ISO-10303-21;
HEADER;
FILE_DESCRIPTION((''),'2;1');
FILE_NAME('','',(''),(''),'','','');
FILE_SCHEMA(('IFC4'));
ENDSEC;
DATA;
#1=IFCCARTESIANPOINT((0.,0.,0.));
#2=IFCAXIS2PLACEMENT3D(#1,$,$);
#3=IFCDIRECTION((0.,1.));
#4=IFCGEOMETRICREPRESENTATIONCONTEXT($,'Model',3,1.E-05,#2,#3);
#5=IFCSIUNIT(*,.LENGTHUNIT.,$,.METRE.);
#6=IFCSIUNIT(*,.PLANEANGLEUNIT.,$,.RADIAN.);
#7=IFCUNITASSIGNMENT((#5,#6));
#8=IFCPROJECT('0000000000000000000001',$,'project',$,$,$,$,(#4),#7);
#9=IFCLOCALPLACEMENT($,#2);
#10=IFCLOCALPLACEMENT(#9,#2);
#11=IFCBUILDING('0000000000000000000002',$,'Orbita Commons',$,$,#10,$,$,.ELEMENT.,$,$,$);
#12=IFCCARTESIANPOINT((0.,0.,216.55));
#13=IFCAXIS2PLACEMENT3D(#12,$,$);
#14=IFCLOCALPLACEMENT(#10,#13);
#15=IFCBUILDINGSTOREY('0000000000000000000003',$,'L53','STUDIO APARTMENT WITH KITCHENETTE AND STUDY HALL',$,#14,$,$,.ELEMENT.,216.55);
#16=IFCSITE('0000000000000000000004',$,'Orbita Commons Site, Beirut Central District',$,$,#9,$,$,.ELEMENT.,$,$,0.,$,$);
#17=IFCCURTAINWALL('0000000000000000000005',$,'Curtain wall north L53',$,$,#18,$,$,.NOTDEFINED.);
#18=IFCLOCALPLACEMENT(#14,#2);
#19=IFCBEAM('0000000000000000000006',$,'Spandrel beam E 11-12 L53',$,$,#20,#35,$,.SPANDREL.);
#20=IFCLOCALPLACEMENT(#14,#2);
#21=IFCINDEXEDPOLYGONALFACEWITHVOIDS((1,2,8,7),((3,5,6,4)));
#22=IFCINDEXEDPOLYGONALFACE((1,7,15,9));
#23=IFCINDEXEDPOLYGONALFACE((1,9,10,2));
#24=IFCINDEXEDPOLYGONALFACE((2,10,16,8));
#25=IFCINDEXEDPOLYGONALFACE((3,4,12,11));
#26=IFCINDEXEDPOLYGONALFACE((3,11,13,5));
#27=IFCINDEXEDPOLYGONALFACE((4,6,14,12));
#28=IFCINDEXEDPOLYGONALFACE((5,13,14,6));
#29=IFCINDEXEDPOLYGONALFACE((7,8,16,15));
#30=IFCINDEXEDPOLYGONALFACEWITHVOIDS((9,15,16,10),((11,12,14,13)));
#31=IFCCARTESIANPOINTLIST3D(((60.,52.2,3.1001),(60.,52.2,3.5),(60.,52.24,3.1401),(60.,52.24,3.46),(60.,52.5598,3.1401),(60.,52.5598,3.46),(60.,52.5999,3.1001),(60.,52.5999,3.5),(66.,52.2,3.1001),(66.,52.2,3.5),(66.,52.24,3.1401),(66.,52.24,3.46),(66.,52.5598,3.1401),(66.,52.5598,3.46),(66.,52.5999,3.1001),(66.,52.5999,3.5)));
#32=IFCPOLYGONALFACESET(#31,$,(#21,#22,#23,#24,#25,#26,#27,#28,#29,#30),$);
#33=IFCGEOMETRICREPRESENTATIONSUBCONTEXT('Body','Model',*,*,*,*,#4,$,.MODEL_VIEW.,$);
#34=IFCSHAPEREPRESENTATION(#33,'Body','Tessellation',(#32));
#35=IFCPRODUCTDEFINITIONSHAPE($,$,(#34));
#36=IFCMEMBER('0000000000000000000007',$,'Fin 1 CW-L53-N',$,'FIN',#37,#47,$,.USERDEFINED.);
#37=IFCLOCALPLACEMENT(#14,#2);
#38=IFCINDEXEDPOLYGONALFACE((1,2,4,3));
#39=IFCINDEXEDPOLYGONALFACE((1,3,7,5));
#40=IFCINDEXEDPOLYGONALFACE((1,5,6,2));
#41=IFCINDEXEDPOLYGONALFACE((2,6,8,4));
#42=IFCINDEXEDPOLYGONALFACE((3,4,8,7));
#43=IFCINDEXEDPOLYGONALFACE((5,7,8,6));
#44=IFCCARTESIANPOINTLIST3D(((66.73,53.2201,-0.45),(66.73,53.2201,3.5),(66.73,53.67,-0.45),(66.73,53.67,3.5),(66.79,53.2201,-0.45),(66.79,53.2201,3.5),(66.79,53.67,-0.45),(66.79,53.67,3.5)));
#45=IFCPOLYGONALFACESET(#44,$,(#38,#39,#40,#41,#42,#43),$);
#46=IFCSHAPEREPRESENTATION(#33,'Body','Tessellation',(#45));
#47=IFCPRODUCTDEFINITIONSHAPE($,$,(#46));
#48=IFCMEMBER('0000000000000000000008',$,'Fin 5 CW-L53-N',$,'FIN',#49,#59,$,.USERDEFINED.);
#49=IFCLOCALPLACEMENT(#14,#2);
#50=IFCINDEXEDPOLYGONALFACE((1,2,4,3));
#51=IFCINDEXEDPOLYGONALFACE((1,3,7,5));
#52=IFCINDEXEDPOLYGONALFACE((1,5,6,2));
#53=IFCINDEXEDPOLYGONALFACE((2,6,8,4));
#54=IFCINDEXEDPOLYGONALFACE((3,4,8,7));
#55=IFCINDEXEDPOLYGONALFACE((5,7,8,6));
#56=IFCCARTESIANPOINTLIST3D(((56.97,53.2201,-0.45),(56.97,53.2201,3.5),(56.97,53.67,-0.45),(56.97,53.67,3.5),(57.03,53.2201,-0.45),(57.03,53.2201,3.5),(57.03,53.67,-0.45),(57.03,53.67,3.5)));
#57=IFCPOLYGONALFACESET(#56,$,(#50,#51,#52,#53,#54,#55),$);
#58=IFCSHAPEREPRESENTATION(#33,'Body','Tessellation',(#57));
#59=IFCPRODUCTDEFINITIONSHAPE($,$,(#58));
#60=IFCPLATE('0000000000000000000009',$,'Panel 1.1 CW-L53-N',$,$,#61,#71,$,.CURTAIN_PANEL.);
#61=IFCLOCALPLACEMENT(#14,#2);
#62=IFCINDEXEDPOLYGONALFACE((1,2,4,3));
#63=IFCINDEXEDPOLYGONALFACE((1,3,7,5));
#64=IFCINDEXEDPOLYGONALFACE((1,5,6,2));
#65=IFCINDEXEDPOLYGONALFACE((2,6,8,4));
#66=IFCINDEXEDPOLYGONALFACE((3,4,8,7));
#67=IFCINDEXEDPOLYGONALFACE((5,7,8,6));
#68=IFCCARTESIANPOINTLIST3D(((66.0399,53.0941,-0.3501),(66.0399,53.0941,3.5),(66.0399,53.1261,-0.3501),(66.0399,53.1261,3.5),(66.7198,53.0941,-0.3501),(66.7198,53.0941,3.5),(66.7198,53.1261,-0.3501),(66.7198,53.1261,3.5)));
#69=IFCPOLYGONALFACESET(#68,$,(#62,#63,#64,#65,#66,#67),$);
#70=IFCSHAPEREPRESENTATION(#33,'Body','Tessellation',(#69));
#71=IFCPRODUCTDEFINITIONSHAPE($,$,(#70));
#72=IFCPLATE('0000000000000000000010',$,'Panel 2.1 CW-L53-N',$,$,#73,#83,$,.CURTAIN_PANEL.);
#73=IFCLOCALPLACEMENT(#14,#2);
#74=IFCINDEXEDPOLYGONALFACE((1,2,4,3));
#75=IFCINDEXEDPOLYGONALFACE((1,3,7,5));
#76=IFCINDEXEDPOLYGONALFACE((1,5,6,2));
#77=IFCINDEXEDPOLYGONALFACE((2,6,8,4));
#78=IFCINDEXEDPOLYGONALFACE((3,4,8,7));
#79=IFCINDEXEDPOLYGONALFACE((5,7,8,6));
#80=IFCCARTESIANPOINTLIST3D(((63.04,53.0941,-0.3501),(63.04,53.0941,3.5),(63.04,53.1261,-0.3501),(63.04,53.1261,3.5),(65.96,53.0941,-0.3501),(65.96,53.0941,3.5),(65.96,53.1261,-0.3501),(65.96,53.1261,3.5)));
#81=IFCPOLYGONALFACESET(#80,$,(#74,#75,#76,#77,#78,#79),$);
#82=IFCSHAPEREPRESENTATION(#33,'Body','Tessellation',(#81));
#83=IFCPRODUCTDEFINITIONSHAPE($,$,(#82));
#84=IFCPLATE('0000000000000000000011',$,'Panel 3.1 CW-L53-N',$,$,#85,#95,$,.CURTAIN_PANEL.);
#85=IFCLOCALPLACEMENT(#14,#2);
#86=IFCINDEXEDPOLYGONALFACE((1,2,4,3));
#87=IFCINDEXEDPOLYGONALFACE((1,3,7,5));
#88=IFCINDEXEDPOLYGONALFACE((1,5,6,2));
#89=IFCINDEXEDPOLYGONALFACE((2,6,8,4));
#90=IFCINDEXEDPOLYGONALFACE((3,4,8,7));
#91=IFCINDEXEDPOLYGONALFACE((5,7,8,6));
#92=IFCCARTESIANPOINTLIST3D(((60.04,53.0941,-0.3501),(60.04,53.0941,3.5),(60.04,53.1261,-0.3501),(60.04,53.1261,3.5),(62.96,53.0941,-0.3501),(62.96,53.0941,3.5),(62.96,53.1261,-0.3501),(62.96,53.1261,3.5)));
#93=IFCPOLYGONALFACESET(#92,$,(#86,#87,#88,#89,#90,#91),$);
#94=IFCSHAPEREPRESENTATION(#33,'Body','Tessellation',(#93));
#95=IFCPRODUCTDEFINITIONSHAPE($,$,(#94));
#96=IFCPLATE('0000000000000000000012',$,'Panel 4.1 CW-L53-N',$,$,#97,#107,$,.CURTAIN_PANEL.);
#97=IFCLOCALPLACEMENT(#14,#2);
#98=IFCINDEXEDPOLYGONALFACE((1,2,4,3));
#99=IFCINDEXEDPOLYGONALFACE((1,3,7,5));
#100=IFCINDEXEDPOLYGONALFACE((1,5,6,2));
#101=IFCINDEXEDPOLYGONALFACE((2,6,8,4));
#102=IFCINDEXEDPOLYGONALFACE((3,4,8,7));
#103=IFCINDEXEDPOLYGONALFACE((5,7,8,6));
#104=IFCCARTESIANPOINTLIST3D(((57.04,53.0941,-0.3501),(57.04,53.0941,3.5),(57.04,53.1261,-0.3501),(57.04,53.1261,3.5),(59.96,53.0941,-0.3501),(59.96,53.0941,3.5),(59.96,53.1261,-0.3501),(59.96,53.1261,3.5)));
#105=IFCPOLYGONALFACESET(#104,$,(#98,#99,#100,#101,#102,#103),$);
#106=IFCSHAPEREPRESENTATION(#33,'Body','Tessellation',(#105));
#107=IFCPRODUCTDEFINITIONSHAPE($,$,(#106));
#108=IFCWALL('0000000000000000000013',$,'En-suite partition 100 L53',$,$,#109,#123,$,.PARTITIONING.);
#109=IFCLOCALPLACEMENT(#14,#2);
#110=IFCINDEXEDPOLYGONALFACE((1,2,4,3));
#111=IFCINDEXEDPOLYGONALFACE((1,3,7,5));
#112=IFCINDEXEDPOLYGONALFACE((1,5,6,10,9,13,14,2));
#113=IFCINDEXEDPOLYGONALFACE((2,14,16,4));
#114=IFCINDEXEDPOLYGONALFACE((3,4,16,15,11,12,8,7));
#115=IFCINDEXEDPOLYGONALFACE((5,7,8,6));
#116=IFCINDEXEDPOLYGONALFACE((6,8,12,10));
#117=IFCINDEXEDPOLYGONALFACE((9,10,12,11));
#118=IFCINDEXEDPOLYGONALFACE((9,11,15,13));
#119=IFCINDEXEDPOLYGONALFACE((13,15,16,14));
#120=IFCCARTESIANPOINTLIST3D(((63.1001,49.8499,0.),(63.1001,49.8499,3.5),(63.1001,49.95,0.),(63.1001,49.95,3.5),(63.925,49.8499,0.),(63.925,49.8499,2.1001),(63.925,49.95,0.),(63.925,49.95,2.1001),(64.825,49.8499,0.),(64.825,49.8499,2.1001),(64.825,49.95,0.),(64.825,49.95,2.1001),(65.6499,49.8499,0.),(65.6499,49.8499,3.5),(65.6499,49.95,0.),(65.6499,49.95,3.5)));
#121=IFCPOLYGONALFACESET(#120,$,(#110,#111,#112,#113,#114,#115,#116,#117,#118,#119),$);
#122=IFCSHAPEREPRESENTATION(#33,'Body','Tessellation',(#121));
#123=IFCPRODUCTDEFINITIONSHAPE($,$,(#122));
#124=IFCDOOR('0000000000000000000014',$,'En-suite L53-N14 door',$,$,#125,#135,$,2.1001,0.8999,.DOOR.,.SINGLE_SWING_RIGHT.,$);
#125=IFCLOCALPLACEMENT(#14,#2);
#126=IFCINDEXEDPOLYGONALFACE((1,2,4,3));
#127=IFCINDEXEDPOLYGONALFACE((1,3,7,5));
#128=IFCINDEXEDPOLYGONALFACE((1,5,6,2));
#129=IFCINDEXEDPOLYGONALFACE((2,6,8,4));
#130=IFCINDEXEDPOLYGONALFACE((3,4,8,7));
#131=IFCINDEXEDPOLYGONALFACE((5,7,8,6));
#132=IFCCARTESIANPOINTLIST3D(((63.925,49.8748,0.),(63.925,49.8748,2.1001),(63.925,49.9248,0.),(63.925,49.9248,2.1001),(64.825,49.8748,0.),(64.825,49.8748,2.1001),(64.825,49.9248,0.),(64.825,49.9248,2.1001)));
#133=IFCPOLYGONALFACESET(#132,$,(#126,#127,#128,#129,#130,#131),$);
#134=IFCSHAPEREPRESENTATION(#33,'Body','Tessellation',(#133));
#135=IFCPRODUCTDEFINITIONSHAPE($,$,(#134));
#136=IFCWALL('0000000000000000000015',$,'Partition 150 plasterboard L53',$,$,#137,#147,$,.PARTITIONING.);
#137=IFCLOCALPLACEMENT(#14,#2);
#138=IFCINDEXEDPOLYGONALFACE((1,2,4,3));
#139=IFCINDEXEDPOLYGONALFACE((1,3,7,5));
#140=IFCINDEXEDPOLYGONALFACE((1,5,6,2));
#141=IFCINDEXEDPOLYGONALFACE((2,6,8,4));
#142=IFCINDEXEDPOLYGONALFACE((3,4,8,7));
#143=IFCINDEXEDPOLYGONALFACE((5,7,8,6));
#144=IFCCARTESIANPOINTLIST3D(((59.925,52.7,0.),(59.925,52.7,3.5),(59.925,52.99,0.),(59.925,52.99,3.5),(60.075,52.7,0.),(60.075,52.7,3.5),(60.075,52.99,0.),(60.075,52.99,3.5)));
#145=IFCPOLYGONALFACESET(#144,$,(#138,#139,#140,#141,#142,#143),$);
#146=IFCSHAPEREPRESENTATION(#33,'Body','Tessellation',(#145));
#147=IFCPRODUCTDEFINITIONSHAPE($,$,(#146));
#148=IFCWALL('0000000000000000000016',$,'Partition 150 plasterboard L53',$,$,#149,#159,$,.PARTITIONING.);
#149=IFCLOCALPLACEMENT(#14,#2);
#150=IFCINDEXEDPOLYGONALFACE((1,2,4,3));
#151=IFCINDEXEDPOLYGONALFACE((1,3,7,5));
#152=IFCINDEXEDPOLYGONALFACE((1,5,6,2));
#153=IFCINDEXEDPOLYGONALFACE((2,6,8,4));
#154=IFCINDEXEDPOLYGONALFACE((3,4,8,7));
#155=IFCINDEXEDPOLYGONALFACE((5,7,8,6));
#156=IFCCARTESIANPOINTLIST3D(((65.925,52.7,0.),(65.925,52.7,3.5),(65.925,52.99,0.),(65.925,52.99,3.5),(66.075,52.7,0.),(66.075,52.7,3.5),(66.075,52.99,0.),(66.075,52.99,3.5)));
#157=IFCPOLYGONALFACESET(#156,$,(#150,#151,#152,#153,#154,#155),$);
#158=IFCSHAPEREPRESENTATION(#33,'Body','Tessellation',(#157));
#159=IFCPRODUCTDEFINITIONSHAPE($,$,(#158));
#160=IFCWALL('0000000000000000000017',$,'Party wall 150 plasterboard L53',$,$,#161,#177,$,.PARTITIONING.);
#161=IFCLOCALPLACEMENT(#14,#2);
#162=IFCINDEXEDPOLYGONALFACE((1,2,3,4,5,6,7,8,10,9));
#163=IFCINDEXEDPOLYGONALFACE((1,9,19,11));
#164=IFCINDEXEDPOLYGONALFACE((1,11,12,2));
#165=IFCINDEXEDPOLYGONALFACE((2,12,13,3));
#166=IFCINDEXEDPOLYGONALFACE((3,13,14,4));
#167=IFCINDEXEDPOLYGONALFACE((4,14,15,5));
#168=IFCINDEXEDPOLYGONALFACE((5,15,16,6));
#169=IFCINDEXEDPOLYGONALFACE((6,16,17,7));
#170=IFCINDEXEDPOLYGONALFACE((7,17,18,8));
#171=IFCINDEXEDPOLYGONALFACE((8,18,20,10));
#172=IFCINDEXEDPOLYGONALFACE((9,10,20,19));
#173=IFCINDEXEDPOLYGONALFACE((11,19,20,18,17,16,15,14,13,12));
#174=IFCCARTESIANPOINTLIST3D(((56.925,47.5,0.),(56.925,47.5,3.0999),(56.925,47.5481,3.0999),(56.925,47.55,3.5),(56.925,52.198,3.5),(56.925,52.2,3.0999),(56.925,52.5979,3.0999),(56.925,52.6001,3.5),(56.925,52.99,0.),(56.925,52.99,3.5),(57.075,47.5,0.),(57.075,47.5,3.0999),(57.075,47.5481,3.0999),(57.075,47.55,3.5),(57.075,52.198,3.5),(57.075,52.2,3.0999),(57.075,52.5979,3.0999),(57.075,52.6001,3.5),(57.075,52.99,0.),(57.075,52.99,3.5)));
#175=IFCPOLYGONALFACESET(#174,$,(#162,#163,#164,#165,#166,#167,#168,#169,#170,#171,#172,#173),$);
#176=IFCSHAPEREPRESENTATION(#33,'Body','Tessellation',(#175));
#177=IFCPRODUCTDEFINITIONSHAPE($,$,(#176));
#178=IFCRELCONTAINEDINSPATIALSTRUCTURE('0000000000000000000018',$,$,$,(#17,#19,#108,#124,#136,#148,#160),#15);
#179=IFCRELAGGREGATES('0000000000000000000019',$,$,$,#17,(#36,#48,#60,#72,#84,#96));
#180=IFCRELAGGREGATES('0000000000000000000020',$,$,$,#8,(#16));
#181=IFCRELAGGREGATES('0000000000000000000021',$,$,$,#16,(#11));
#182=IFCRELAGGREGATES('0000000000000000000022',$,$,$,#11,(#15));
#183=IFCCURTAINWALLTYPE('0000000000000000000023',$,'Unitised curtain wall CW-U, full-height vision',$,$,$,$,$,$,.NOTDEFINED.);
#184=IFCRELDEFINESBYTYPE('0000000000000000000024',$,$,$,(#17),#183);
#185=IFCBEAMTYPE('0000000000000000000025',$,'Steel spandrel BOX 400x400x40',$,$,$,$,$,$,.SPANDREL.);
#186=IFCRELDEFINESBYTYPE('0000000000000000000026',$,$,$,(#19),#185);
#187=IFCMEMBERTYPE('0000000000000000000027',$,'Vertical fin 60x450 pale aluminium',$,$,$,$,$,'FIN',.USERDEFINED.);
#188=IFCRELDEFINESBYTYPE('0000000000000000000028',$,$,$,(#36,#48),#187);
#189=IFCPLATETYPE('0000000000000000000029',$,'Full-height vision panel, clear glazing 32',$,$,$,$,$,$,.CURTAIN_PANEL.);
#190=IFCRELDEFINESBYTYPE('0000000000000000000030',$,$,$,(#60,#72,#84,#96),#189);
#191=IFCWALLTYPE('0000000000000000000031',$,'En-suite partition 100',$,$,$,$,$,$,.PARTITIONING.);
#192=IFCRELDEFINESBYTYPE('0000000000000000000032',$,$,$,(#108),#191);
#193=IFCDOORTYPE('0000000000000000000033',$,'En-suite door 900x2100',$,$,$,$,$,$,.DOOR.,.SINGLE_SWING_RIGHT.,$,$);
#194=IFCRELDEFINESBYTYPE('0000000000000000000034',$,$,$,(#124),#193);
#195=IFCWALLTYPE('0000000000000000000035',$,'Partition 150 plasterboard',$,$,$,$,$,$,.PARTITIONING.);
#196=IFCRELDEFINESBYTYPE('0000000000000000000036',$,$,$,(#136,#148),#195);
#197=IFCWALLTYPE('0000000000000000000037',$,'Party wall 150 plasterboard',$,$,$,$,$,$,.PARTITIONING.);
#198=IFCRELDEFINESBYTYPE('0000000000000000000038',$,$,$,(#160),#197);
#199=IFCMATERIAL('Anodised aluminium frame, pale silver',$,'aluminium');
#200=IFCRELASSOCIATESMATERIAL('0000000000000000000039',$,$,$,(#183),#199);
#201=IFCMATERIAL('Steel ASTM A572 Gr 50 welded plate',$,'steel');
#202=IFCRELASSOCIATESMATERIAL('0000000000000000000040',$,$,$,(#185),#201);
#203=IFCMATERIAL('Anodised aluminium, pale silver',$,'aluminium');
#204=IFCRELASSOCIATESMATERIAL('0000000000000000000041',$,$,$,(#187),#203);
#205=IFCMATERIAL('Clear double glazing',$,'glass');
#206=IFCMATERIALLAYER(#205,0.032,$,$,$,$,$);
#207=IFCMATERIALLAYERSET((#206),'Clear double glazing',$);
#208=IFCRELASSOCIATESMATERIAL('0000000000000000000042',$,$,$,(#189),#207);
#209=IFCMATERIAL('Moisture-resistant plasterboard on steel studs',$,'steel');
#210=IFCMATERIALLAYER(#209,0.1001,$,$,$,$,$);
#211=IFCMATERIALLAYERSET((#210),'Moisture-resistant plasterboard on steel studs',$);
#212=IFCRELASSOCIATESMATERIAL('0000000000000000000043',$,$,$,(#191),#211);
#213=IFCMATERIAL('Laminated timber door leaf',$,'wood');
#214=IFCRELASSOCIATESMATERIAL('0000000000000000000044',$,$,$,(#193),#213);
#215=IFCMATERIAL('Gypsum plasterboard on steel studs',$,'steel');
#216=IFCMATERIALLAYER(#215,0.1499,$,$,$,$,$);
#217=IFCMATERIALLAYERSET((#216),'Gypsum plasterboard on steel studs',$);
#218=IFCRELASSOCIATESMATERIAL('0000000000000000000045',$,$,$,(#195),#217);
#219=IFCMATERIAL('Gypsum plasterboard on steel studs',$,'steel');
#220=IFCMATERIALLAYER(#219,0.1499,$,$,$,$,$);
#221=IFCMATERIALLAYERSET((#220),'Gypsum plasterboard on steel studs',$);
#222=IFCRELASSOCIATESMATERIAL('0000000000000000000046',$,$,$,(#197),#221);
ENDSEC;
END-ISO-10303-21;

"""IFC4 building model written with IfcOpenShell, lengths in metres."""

from ifc_helpers import new_model, si_unit, direction, frame, frame_2d, origin, origin_2d, place, context, subcontext, project, spatial, polyline, rectangle, hollow_rectangle, outline, extrude, material, layer, layer_set, material_profile, profile_set, type_object, element, fill, aggregate, save


model = new_model("IFC4")

# Units and contexts
model_context = context("Model", 3, precision=1e-05, world=origin(), true_north=direction((0.0, 1.0)))
body_context = subcontext(model_context, "Body", "Model", "MODEL_VIEW")
ifc_project = project(units=[si_unit("LENGTHUNIT", "METRE"), si_unit("PLANEANGLEUNIT", "RADIAN")], contexts=[model_context])

# Site, building, storey
site_placement = place(None, origin())
site = spatial("IfcSite", under=ifc_project, at=site_placement, Name="Orbita Commons Site, Beirut Central District", CompositionType="ELEMENT", RefElevation=0.0)
building_placement = place(site_placement, origin())
building = spatial("IfcBuilding", under=site, at=building_placement, Name="Orbita Commons", CompositionType="ELEMENT")
storey_placement = place(building_placement, frame((0.0, 0.0, 216.55)))
storey = spatial("IfcBuildingStorey", under=building, at=storey_placement, Name="L53", Description="STUDIO APARTMENT WITH KITCHENETTE AND STUDY HALL", CompositionType="ELEMENT", Elevation=216.55)

# Curtain wall
ifc_material_1 = material(Name="Anodised aluminium frame, pale silver", Category="aluminium")
curtain_wall_type = type_object("IfcCurtainWallType", Name="Unitised curtain wall CW-U, full-height vision", PredefinedType="NOTDEFINED", material=ifc_material_1)
curtain_wall_placement = place(storey_placement, origin())
curtain_wall = element("IfcCurtainWall", 1, at=curtain_wall_placement, inside=storey, type_object=curtain_wall_type, Name="Curtain wall north L53", PredefinedType="NOTDEFINED")

# Beam
ifc_material_2 = material(Name="Steel ASTM A572 Gr 50 welded plate", Category="steel")
ifc_material_profile_1 = material_profile(ifc_material_2, hollow_rectangle(XDim=0.3999, YDim=0.3999, WallThickness=0.04, at=origin_2d()), Name="BOX 400x400x40")
ifc_profile_set_1 = profile_set([ifc_material_profile_1], Name="Steel ASTM A572 Gr 50 welded plate")
beam_type = type_object("IfcBeamType", Name="Steel spandrel BOX 400x400x40", PredefinedType="SPANDREL", material=ifc_profile_set_1)
beam_placement = place(storey_placement, frame((60.0, 52.3999, 3.3), z_axis=(1.0, 0.0, 0.0), x_axis=(0.0, 1.0, 0.0)))
element("IfcBeam", 2, at=beam_placement, inside=storey, type_object=beam_type, Name="Spandrel beam E 11-12 L53", PredefinedType="SPANDREL", context=body_context, shape_type="SweptSolid", body=[
    extrude(hollow_rectangle(XDim=0.3999, YDim=0.3999, WallThickness=0.04, at=origin_2d()), origin(), (0.0, 0.0, 1.0), 6.0),
])

# Members
ifc_material_3 = material(Name="Anodised aluminium, pale silver", Category="aluminium")
ifc_material_profile_2 = material_profile(ifc_material_3, rectangle(XDim=0.0601, YDim=0.45, at=origin_2d()), Name="FIN 60x450")
ifc_profile_set_2 = profile_set([ifc_material_profile_2], Name="Anodised aluminium, pale silver")
member_type_1 = type_object("IfcMemberType", Name="Vertical fin 60x450 pale aluminium", ElementType="FIN", PredefinedType="USERDEFINED", material=ifc_profile_set_2)
member_1_placement = place(storey_placement, frame((66.76, 53.4451, -0.45), z_axis=(0.0, 0.0, 1.0), x_axis=(-1.0, 0.0, 0.0)))
member_1 = element("IfcMember", 3, at=member_1_placement, type_object=member_type_1, Name="Fin 1 CW-L53-N", ObjectType="FIN", PredefinedType="USERDEFINED", context=body_context, shape_type="SweptSolid", body=[
    extrude(rectangle(XDim=0.0601, YDim=0.45, at=origin_2d()), origin(), (0.0, 0.0, 1.0), 3.95),
])
member_2_placement = place(storey_placement, frame((57.0, 53.4451, -0.45), z_axis=(0.0, 0.0, 1.0), x_axis=(-1.0, 0.0, 0.0)))
member_2 = element("IfcMember", 4, at=member_2_placement, type_object=member_type_1, Name="Fin 5 CW-L53-N", ObjectType="FIN", PredefinedType="USERDEFINED", context=body_context, shape_type="SweptSolid", body=[
    extrude(rectangle(XDim=0.0601, YDim=0.45, at=origin_2d()), origin(), (0.0, 0.0, 1.0), 3.95),
])

# Plates
ifc_material_4 = material(Name="Clear double glazing", Category="glass")
ifc_layer_1 = layer(ifc_material_4, 0.032)
ifc_layer_set_1 = layer_set([ifc_layer_1], Name="Clear double glazing")
plate_type = type_object("IfcPlateType", Name="Full-height vision panel, clear glazing 32", PredefinedType="CURTAIN_PANEL", material=ifc_layer_set_1)
plate_1_placement = place(storey_placement, frame((66.3799, 53.1101, -0.3501), z_axis=(0.0, 0.0, 1.0), x_axis=(-1.0, 0.0, 0.0)))
plate_1 = element("IfcPlate", 5, at=plate_1_placement, type_object=plate_type, Name="Panel 1.1 CW-L53-N", PredefinedType="CURTAIN_PANEL", context=body_context, shape_type="SweptSolid", body=[
    extrude(rectangle(XDim=0.6799, YDim=0.032, at=origin_2d()), origin(), (0.0, 0.0, 1.0), 3.8501),
])
plate_2_placement = place(storey_placement, frame((64.5, 53.1101, -0.3501), z_axis=(0.0, 0.0, 1.0), x_axis=(-1.0, 0.0, 0.0)))
plate_2 = element("IfcPlate", 6, at=plate_2_placement, type_object=plate_type, Name="Panel 2.1 CW-L53-N", PredefinedType="CURTAIN_PANEL", context=body_context, shape_type="SweptSolid", body=[
    extrude(rectangle(XDim=2.9199, YDim=0.032, at=origin_2d()), origin(), (0.0, 0.0, 1.0), 3.8501),
])
plate_3_placement = place(storey_placement, frame((61.5, 53.1101, -0.3501), z_axis=(0.0, 0.0, 1.0), x_axis=(-1.0, 0.0, 0.0)))
plate_3 = element("IfcPlate", 7, at=plate_3_placement, type_object=plate_type, Name="Panel 3.1 CW-L53-N", PredefinedType="CURTAIN_PANEL", context=body_context, shape_type="SweptSolid", body=[
    extrude(rectangle(XDim=2.9199, YDim=0.032, at=origin_2d()), origin(), (0.0, 0.0, 1.0), 3.8501),
])
plate_4_placement = place(storey_placement, frame((58.5, 53.1101, -0.3501), z_axis=(0.0, 0.0, 1.0), x_axis=(-1.0, 0.0, 0.0)))
plate_4 = element("IfcPlate", 8, at=plate_4_placement, type_object=plate_type, Name="Panel 4.1 CW-L53-N", PredefinedType="CURTAIN_PANEL", context=body_context, shape_type="SweptSolid", body=[
    extrude(rectangle(XDim=2.9199, YDim=0.032, at=origin_2d()), origin(), (0.0, 0.0, 1.0), 3.8501),
])
aggregate(curtain_wall, [member_1, member_2, plate_1, plate_2, plate_3, plate_4])

# Wall, opening, door
ifc_material_5 = material(Name="Moisture-resistant plasterboard on steel studs", Category="steel")
ifc_layer_2 = layer(ifc_material_5, 0.1001)
ifc_layer_set_2 = layer_set([ifc_layer_2], Name="Moisture-resistant plasterboard on steel studs")
wall_type_1 = type_object("IfcWallType", Name="En-suite partition 100", PredefinedType="PARTITIONING", material=ifc_layer_set_2)
wall_1_placement = place(storey_placement, frame((63.1001, 49.8999, 0.0), z_axis=(0.0, 0.0, 1.0), x_axis=(1.0, 0.0, 0.0)))
wall_1 = element("IfcWall", 9, at=wall_1_placement, inside=storey, type_object=wall_type_1, Name="En-suite partition 100 L53", PredefinedType="PARTITIONING", context=body_context, shape_type="SweptSolid", body=[
    extrude(rectangle(XDim=2.5498, YDim=0.1001, at=frame_2d((1.2749, 0.0))), origin(), (0.0, 0.0, 1.0), 3.5),
])
opening_1_placement = place(wall_1_placement, frame((0.825, 0.0, 0.0)))
opening_1 = element("IfcOpeningElement", 10, at=opening_1_placement, cuts=wall_1, PredefinedType="OPENING", context=body_context, shape_type="SweptSolid", body=[
    extrude(rectangle(XDim=0.8999, YDim=2.1001, at=frame_2d((0.45, 1.05))), frame((0.0, 0.0601, 0.0), z_axis=(0.0, -1.0, 0.0), x_axis=(1.0, 0.0, 0.0)), (0.0, 0.0, 1.0), 0.1201),
])
ifc_material_6 = material(Name="Laminated timber door leaf", Category="wood")
door_type = type_object("IfcDoorType", Name="En-suite door 900x2100", OperationType="SINGLE_SWING_RIGHT", PredefinedType="DOOR", material=ifc_material_6)
door_placement = place(opening_1_placement, origin())
door = element("IfcDoor", 11, at=door_placement, inside=storey, type_object=door_type, Name="En-suite L53-N14 door", OperationType="SINGLE_SWING_RIGHT", OverallHeight=2.1001, OverallWidth=0.8999, PredefinedType="DOOR", context=body_context, shape_type="SweptSolid", body=[
    extrude(rectangle(XDim=0.8999, YDim=2.1001, at=frame_2d((0.45, 1.05))), frame((0.0, 0.0249, 0.0), z_axis=(0.0, -1.0, 0.0), x_axis=(1.0, 0.0, 0.0)), (0.0, 0.0, 1.0), 0.05),
])
fill(opening_1, door)

# Walls
ifc_material_7 = material(Name="Gypsum plasterboard on steel studs", Category="steel")
ifc_layer_3 = layer(ifc_material_7, 0.1499)
ifc_layer_set_3 = layer_set([ifc_layer_3], Name="Gypsum plasterboard on steel studs")
wall_type_2 = type_object("IfcWallType", Name="Partition 150 plasterboard", PredefinedType="PARTITIONING", material=ifc_layer_set_3)
for number, where, z_axis, x_axis, name in (
    (12, (60.0, 52.7, 0.0), (0.0, 0.0, 1.0), (0.0, 1.0, 0.0), "Partition 150 plasterboard L53"),
    (13, (66.0, 52.7, 0.0), (0.0, 0.0, 1.0), (0.0, 1.0, 0.0), "Partition 150 plasterboard L53"),
):
    element("IfcWall", number, at=place(storey_placement, frame(where, z_axis=z_axis, x_axis=x_axis)), inside=storey, type_object=wall_type_2, Name=name, PredefinedType="PARTITIONING", context=body_context, shape_type="SweptSolid", body=[
        extrude(rectangle(XDim=0.29, YDim=0.1499, at=frame_2d((0.145, 0.0))), origin(), (0.0, 0.0, 1.0), 3.5),
    ])
ifc_material_8 = material(Name="Gypsum plasterboard on steel studs", Category="steel")
ifc_layer_4 = layer(ifc_material_8, 0.1499)
ifc_layer_set_4 = layer_set([ifc_layer_4], Name="Gypsum plasterboard on steel studs")
wall_type_3 = type_object("IfcWallType", Name="Party wall 150 plasterboard", PredefinedType="PARTITIONING", material=ifc_layer_set_4)
wall_2_placement = place(storey_placement, frame((57.0, 52.99, 0.0), z_axis=(0.0, 0.0, 1.0), x_axis=(0.0, -1.0, 0.0)))
element("IfcWall", 14, at=wall_2_placement, inside=storey, type_object=wall_type_3, Name="Party wall 150 plasterboard L53", PredefinedType="PARTITIONING", context=body_context, shape_type="SweptSolid", body=[
    extrude(outline(polyline([(0.0, 0.0), (5.49, 0.0), (5.49, 3.0999), (5.4419, 3.0999), (5.4399, 3.5), (0.792, 3.5), (0.79, 3.0999), (0.3921, 3.0999), (0.3899, 3.5), (0.0, 3.5), (0.0, 0.0)])), frame((0.0, 0.075, 0.0), z_axis=(0.0, -1.0, 0.0), x_axis=(1.0, 0.0, 0.0)), (0.0, 0.0, 1.0), 0.1499),
])

save(model, "model.ifc")
